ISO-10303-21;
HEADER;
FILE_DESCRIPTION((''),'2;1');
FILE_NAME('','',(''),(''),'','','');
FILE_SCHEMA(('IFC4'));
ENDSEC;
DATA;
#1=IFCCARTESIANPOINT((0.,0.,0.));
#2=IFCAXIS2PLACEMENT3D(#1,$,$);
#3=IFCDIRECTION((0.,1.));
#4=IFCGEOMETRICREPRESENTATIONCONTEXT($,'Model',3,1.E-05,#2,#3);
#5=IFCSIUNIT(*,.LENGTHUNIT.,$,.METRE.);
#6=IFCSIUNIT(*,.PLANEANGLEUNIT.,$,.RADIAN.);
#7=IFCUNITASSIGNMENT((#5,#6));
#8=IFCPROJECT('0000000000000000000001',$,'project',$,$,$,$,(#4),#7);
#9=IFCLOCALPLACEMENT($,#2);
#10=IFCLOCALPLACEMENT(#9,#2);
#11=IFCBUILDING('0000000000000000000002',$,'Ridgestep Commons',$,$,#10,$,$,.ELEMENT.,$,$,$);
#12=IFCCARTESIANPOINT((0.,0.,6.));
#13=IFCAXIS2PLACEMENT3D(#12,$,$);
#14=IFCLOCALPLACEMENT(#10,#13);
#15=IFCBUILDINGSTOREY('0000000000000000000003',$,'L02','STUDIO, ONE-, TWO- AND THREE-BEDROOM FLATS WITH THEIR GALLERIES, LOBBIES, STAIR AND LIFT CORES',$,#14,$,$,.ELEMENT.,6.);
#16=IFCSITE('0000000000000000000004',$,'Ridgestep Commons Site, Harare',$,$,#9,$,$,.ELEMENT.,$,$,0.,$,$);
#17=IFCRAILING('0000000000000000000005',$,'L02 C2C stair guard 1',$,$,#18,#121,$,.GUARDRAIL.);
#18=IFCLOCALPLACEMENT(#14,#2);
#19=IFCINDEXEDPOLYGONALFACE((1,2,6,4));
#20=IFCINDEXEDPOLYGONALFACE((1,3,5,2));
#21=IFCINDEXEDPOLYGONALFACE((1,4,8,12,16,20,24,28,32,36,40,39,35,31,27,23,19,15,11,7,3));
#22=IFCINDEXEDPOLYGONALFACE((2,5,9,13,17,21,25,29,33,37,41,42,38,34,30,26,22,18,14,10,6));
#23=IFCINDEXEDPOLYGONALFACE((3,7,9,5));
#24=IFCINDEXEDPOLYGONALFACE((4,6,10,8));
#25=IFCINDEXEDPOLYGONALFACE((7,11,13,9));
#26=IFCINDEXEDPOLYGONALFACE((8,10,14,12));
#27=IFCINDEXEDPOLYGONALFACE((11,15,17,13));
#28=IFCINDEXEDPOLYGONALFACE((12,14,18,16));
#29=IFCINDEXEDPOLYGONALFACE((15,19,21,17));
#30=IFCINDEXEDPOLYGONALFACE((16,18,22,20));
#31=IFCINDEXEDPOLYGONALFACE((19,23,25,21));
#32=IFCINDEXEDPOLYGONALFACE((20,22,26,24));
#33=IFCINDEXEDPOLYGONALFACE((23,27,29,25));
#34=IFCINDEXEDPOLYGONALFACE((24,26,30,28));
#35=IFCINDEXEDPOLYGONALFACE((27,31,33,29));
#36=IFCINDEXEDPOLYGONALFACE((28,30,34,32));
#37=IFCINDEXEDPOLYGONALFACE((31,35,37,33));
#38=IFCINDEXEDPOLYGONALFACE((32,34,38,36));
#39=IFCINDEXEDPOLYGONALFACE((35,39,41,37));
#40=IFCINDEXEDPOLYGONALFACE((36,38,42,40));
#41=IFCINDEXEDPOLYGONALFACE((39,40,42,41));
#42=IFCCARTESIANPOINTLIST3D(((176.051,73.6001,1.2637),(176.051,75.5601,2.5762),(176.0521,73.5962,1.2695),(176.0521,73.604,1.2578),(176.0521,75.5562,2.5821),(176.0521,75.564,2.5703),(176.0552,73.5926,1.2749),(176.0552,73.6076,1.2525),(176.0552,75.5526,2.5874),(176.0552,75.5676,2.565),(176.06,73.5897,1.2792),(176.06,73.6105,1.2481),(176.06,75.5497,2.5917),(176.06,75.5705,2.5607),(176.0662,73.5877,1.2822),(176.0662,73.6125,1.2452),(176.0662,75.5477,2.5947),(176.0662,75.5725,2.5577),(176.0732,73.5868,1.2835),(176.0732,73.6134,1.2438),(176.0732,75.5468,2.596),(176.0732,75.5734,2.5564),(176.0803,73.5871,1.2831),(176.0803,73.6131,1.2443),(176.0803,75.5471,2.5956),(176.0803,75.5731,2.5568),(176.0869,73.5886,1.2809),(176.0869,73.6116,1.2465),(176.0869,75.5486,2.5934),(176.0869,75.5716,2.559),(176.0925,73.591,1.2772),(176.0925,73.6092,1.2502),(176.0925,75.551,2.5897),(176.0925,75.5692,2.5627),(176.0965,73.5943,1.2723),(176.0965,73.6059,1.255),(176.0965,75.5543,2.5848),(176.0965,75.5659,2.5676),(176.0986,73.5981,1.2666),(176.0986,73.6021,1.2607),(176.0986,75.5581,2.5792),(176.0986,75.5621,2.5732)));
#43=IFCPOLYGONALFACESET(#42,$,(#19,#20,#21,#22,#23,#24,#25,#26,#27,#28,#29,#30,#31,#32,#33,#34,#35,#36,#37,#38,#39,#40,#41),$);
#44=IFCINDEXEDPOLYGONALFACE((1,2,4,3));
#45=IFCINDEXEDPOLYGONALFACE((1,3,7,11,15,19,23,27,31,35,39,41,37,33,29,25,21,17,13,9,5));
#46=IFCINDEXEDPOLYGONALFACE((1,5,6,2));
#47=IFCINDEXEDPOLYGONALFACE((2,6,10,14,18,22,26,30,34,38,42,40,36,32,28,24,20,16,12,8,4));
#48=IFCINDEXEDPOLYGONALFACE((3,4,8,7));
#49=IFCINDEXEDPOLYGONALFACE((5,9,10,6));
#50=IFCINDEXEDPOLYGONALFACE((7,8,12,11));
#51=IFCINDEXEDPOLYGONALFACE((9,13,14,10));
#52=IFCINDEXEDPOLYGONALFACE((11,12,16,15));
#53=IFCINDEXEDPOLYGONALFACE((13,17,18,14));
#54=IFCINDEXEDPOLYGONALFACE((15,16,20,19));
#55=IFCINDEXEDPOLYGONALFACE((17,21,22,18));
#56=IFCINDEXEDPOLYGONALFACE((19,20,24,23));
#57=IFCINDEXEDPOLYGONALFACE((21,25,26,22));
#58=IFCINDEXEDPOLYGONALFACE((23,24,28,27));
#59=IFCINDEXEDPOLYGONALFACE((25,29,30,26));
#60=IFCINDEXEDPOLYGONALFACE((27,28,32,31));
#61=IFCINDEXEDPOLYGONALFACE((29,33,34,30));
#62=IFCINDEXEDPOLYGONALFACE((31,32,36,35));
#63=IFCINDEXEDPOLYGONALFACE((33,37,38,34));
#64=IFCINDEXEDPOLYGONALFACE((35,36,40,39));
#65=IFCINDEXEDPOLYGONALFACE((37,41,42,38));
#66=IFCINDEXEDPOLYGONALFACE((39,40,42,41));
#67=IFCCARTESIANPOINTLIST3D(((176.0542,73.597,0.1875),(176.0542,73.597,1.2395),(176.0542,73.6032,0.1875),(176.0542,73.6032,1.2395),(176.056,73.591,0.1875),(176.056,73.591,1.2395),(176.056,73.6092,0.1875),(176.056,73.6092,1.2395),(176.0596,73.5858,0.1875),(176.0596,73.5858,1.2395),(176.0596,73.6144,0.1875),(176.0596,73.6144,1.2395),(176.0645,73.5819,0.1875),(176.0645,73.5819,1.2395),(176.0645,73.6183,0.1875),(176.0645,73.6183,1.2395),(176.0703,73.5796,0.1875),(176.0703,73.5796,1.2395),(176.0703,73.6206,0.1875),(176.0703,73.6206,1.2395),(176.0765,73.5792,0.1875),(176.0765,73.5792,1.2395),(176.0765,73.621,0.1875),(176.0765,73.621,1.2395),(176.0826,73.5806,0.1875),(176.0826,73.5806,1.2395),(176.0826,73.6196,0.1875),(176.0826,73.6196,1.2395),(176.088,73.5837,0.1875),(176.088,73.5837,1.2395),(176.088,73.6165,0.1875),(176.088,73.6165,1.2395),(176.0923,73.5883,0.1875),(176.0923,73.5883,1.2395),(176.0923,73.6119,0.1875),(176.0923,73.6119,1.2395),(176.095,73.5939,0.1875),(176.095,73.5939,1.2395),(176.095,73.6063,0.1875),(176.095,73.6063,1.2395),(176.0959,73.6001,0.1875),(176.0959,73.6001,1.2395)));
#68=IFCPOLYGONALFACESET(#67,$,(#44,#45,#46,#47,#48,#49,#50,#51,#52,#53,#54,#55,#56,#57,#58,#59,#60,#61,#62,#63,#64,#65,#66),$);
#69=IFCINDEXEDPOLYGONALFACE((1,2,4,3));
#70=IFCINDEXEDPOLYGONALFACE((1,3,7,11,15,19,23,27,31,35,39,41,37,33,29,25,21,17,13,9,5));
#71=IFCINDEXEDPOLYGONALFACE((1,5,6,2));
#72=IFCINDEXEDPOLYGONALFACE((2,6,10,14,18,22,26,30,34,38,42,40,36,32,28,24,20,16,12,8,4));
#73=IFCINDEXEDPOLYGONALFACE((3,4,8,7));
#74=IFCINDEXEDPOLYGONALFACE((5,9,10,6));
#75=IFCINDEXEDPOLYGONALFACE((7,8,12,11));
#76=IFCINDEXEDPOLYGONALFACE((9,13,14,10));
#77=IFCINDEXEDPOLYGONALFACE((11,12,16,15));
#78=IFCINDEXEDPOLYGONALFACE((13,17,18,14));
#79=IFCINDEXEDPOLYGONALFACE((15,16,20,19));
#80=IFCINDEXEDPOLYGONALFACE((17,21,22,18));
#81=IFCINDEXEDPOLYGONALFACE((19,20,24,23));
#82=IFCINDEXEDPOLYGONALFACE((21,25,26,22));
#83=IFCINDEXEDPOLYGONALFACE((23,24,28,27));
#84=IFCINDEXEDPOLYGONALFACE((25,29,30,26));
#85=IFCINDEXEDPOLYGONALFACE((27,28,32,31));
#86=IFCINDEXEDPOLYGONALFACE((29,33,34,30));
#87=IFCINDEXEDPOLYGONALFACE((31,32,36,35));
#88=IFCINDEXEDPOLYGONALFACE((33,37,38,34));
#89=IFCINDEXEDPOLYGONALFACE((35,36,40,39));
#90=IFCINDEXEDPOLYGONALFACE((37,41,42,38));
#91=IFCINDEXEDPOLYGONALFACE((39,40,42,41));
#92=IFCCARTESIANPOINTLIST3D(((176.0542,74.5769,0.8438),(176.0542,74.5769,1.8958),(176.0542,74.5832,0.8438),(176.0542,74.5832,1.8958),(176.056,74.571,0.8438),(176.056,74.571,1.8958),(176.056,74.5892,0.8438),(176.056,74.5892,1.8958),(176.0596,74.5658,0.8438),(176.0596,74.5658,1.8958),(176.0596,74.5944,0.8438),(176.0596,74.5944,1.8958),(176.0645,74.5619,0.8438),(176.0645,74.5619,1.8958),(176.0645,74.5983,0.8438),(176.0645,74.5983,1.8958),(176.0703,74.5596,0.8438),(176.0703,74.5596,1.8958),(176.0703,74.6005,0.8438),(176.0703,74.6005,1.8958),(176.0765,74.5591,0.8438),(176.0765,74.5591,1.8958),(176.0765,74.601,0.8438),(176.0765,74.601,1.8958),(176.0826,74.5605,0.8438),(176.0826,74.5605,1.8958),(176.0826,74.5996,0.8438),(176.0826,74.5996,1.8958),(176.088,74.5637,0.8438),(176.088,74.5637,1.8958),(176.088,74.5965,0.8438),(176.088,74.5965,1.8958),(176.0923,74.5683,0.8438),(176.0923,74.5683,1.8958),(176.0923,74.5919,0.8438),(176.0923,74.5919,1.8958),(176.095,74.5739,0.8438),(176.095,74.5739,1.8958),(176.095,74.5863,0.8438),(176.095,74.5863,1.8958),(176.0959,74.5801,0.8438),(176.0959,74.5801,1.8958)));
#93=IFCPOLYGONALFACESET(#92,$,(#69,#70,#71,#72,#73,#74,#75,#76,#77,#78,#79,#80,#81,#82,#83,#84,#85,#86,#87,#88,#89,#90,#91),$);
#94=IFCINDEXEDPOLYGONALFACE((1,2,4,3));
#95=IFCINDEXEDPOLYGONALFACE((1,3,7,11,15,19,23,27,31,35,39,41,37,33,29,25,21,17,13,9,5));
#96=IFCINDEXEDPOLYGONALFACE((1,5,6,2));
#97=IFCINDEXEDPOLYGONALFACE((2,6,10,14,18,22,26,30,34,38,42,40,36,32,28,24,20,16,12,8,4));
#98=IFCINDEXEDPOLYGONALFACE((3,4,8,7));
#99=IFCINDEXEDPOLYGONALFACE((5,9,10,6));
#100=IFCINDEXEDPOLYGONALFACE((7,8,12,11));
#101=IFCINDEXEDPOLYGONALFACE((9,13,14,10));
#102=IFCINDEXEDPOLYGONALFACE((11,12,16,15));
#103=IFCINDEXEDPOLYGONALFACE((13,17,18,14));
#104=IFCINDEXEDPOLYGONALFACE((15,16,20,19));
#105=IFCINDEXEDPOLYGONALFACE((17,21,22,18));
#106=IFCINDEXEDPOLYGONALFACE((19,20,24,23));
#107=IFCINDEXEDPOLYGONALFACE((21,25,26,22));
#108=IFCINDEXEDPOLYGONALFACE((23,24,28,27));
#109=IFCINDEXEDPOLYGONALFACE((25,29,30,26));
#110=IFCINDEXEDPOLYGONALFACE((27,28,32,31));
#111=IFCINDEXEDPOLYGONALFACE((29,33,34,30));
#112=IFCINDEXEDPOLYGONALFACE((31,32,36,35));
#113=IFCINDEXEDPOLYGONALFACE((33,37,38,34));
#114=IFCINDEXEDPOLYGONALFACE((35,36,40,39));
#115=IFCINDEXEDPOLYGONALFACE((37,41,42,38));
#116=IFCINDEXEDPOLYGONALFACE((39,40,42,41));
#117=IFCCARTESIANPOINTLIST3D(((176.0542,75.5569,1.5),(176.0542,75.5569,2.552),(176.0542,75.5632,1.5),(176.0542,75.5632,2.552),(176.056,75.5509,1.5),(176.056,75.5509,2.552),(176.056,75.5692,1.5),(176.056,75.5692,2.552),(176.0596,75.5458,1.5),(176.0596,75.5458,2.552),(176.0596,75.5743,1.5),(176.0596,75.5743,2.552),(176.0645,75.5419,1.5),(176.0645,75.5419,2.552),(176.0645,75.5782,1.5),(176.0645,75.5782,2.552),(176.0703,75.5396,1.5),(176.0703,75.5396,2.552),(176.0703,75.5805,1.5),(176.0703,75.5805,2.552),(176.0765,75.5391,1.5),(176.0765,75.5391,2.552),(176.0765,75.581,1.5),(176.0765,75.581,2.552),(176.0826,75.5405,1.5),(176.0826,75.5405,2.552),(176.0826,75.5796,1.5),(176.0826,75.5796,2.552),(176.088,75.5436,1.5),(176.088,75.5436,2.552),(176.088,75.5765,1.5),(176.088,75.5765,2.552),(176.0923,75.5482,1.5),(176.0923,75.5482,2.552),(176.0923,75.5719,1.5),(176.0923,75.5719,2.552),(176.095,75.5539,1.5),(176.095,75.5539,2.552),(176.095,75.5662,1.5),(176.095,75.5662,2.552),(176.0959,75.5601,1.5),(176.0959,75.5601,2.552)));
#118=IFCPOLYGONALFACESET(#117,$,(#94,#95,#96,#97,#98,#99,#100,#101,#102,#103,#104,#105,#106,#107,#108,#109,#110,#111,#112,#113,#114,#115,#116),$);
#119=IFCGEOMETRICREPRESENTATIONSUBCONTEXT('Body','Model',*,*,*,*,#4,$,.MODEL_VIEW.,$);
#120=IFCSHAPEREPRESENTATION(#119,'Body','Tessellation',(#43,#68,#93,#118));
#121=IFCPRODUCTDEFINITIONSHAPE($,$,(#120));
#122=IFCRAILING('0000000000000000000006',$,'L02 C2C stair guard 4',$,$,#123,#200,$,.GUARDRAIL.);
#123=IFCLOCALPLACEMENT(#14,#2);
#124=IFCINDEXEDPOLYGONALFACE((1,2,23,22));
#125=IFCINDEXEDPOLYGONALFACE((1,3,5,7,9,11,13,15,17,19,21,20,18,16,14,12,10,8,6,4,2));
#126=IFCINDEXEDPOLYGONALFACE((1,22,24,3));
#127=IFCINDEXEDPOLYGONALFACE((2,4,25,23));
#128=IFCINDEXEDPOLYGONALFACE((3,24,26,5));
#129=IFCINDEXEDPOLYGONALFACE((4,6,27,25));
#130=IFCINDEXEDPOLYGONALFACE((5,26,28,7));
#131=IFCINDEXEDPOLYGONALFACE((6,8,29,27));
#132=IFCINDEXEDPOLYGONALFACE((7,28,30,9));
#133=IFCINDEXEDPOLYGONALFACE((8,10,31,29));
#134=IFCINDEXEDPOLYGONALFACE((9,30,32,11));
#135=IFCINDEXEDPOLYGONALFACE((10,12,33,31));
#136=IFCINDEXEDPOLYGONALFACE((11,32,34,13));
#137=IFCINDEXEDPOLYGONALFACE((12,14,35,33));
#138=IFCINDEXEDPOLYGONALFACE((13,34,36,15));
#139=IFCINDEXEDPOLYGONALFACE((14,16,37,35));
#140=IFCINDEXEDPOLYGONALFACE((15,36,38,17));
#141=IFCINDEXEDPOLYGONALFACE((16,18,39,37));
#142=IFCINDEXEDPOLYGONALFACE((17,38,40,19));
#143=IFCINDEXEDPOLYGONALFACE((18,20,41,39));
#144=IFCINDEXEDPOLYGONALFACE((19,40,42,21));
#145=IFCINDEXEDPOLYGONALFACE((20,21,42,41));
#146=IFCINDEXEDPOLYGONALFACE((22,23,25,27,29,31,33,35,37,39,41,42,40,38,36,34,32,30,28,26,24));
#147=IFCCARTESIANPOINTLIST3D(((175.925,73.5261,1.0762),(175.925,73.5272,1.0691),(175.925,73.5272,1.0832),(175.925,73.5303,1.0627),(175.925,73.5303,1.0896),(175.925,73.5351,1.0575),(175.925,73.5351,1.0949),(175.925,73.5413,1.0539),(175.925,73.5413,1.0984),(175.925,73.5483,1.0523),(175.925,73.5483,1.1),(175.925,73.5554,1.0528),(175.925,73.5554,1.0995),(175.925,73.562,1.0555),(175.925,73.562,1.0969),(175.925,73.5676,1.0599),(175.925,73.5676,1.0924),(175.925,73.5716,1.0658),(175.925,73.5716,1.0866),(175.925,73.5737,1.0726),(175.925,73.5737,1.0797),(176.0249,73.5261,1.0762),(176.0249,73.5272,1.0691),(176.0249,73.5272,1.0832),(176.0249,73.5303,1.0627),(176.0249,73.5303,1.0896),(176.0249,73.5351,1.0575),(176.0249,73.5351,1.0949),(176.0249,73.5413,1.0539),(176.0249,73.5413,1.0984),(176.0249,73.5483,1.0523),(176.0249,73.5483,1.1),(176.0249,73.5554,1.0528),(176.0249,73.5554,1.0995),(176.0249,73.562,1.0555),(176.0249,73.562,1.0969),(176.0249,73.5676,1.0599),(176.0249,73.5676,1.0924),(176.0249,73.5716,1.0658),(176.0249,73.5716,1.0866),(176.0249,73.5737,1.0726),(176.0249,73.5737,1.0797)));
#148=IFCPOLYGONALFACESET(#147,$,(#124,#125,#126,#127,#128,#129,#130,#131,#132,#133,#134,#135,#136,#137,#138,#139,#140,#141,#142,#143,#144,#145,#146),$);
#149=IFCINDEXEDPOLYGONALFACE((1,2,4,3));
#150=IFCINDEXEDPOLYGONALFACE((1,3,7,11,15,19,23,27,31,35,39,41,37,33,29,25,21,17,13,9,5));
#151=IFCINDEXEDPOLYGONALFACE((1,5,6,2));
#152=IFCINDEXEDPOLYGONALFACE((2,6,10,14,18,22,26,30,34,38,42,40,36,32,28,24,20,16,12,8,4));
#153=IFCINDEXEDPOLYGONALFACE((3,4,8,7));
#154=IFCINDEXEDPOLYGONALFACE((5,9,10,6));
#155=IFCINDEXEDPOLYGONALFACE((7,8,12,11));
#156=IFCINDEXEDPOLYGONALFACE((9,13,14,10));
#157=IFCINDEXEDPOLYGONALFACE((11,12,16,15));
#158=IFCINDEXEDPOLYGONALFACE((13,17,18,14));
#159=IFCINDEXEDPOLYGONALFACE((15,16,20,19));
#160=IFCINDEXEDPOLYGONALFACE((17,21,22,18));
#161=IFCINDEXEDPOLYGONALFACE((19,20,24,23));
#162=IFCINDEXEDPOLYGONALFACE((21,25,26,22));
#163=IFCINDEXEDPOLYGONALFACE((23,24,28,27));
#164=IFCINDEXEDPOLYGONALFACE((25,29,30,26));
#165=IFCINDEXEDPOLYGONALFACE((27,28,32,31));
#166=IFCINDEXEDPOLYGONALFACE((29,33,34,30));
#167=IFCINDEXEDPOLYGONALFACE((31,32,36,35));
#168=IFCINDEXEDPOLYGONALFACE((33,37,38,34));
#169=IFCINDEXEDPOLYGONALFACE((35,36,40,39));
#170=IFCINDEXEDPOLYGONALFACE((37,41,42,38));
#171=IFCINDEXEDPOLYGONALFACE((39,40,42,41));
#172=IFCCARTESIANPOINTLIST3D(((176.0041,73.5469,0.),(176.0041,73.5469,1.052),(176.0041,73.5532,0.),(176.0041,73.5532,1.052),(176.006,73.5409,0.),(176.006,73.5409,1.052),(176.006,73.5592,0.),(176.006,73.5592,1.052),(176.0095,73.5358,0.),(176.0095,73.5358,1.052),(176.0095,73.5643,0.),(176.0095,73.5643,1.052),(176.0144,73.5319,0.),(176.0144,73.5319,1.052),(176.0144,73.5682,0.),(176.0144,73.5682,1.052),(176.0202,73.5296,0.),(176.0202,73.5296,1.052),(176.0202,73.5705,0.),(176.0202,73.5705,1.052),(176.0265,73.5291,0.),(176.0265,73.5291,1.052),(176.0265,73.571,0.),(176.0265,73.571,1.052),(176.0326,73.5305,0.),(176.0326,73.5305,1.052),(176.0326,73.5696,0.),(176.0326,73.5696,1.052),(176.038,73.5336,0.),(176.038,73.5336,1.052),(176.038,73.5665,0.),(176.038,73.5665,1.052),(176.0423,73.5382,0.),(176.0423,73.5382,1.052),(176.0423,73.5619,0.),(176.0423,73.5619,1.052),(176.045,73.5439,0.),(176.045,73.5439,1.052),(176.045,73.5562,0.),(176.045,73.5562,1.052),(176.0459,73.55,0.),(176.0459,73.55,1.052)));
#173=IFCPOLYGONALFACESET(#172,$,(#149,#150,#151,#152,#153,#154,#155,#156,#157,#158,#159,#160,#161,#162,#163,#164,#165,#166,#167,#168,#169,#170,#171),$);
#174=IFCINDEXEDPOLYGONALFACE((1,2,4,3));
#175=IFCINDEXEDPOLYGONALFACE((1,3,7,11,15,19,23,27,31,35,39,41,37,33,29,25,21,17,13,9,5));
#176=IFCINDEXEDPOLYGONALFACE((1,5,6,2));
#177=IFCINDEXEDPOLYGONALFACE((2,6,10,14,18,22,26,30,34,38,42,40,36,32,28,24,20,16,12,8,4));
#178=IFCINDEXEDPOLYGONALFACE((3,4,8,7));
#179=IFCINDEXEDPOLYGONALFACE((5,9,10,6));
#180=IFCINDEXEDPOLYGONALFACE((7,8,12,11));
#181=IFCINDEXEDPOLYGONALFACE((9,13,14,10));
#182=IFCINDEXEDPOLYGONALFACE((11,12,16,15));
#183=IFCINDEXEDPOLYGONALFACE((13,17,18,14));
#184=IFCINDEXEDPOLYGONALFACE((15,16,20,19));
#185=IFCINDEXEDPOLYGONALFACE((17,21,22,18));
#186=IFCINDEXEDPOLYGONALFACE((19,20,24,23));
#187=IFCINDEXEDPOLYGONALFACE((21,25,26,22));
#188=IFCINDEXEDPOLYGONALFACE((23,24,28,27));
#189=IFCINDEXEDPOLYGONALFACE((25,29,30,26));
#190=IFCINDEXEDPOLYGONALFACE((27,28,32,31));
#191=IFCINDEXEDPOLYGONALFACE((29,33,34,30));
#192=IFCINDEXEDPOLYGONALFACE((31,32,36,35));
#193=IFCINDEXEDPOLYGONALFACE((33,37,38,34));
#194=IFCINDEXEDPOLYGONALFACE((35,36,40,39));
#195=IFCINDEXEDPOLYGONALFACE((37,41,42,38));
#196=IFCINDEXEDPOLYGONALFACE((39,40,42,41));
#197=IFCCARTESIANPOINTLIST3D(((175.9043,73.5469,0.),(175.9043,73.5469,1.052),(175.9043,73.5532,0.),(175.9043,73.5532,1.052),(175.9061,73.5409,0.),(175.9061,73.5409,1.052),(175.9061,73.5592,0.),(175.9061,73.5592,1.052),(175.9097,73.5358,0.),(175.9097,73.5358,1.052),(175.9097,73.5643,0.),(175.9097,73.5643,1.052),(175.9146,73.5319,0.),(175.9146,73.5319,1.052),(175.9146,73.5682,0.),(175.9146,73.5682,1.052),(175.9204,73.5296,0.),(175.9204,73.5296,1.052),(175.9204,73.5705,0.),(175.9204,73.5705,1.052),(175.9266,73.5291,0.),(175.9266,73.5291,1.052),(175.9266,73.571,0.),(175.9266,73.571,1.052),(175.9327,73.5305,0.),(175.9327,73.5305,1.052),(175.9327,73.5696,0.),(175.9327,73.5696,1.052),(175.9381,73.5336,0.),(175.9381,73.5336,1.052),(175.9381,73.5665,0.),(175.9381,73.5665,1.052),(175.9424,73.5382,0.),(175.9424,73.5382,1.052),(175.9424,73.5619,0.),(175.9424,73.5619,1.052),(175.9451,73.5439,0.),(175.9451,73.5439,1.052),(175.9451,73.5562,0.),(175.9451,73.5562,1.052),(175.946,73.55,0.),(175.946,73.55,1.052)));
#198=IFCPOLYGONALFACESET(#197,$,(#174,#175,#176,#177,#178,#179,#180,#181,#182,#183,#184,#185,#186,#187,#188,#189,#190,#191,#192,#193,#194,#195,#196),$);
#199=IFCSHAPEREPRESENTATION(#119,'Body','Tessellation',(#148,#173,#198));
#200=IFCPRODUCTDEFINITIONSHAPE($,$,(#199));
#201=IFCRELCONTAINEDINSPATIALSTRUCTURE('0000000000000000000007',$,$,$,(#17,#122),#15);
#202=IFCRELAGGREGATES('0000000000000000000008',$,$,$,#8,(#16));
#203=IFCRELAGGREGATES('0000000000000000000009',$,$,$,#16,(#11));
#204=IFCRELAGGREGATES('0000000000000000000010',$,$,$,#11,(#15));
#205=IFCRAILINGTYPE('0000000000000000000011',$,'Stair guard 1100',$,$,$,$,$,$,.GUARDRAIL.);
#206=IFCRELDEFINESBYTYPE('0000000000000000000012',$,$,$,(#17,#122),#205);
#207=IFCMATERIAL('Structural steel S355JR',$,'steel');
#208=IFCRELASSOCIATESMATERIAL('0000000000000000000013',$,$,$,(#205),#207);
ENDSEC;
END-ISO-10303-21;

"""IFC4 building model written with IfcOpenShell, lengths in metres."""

from ifc_helpers import new_model, si_unit, direction, frame, origin, origin_2d, place, context, subcontext, project, spatial, circle, extrude, material, type_object, element, save


model = new_model("IFC4")

# Units and contexts
model_context = context("Model", 3, precision=1e-05, world=origin(), true_north=direction((0.0, 1.0)))
body_context = subcontext(model_context, "Body", "Model", "MODEL_VIEW")
ifc_project = project(units=[si_unit("LENGTHUNIT", "METRE"), si_unit("PLANEANGLEUNIT", "RADIAN")], contexts=[model_context])

# Site, building, storey
site_placement = place(None, origin())
site = spatial("IfcSite", under=ifc_project, at=site_placement, Name="Ridgestep Commons Site, Harare", CompositionType="ELEMENT", RefElevation=0.0)
building_placement = place(site_placement, origin())
building = spatial("IfcBuilding", under=site, at=building_placement, Name="Ridgestep Commons", CompositionType="ELEMENT")
storey_placement = place(building_placement, frame((0.0, 0.0, 6.0)))
storey = spatial("IfcBuildingStorey", under=building, at=storey_placement, Name="L02", Description="STUDIO, ONE-, TWO- AND THREE-BEDROOM FLATS WITH THEIR GALLERIES, LOBBIES, STAIR AND LIFT CORES", CompositionType="ELEMENT", Elevation=6.0)

# Railings
ifc_material_1 = material(Name="Structural steel S355JR", Category="steel")
railing_type_1 = type_object("IfcRailingType", Name="Stair guard 1100", PredefinedType="GUARDRAIL", material=ifc_material_1)
railing_1_placement = place(storey_placement, frame((176.075, 73.6001, 0.1875)))
element("IfcRailing", 1, at=railing_1_placement, inside=storey, type_object=railing_type_1, Name="L02 C2C stair guard 1", PredefinedType="GUARDRAIL", context=body_context, shape_type="SweptSolid", body=[
    extrude(circle(Radius=0.0239, at=origin_2d()), frame((0.0, 0.0, 1.0762), z_axis=(0.0, 0.830902, 0.556419), x_axis=(-1.0, 0.0, 0.0)), (0.0, 0.0, 1.0), 2.3589),
    extrude(circle(Radius=0.021, at=origin_2d()), origin(), (0.0, 0.0, 1.0), 1.052),
    extrude(circle(Radius=0.021, at=origin_2d()), frame((0.0, 0.98, 0.6562)), (0.0, 0.0, 1.0), 1.052),
    extrude(circle(Radius=0.021, at=origin_2d()), frame((0.0, 1.96, 1.3125)), (0.0, 0.0, 1.0), 1.052),
])
railing_2_placement = place(storey_placement, frame((176.0249, 73.55, 0.0)))
element("IfcRailing", 2, at=railing_2_placement, inside=storey, type_object=railing_type_1, Name="L02 C2C stair guard 4", PredefinedType="GUARDRAIL", context=body_context, shape_type="SweptSolid", body=[
    extrude(circle(Radius=0.0239, at=origin_2d()), frame((0.0, 0.0, 1.0762), z_axis=(-1.0, 0.0, 0.0), x_axis=(0.0, -1.0, 0.0)), (0.0, 0.0, 1.0), 0.0999),
    extrude(circle(Radius=0.021, at=origin_2d()), origin(), (0.0, 0.0, 1.0), 1.052),
    extrude(circle(Radius=0.021, at=origin_2d()), frame((-0.0999, 0.0, 0.0)), (0.0, 0.0, 1.0), 1.052),
])

save(model, "model.ifc")
